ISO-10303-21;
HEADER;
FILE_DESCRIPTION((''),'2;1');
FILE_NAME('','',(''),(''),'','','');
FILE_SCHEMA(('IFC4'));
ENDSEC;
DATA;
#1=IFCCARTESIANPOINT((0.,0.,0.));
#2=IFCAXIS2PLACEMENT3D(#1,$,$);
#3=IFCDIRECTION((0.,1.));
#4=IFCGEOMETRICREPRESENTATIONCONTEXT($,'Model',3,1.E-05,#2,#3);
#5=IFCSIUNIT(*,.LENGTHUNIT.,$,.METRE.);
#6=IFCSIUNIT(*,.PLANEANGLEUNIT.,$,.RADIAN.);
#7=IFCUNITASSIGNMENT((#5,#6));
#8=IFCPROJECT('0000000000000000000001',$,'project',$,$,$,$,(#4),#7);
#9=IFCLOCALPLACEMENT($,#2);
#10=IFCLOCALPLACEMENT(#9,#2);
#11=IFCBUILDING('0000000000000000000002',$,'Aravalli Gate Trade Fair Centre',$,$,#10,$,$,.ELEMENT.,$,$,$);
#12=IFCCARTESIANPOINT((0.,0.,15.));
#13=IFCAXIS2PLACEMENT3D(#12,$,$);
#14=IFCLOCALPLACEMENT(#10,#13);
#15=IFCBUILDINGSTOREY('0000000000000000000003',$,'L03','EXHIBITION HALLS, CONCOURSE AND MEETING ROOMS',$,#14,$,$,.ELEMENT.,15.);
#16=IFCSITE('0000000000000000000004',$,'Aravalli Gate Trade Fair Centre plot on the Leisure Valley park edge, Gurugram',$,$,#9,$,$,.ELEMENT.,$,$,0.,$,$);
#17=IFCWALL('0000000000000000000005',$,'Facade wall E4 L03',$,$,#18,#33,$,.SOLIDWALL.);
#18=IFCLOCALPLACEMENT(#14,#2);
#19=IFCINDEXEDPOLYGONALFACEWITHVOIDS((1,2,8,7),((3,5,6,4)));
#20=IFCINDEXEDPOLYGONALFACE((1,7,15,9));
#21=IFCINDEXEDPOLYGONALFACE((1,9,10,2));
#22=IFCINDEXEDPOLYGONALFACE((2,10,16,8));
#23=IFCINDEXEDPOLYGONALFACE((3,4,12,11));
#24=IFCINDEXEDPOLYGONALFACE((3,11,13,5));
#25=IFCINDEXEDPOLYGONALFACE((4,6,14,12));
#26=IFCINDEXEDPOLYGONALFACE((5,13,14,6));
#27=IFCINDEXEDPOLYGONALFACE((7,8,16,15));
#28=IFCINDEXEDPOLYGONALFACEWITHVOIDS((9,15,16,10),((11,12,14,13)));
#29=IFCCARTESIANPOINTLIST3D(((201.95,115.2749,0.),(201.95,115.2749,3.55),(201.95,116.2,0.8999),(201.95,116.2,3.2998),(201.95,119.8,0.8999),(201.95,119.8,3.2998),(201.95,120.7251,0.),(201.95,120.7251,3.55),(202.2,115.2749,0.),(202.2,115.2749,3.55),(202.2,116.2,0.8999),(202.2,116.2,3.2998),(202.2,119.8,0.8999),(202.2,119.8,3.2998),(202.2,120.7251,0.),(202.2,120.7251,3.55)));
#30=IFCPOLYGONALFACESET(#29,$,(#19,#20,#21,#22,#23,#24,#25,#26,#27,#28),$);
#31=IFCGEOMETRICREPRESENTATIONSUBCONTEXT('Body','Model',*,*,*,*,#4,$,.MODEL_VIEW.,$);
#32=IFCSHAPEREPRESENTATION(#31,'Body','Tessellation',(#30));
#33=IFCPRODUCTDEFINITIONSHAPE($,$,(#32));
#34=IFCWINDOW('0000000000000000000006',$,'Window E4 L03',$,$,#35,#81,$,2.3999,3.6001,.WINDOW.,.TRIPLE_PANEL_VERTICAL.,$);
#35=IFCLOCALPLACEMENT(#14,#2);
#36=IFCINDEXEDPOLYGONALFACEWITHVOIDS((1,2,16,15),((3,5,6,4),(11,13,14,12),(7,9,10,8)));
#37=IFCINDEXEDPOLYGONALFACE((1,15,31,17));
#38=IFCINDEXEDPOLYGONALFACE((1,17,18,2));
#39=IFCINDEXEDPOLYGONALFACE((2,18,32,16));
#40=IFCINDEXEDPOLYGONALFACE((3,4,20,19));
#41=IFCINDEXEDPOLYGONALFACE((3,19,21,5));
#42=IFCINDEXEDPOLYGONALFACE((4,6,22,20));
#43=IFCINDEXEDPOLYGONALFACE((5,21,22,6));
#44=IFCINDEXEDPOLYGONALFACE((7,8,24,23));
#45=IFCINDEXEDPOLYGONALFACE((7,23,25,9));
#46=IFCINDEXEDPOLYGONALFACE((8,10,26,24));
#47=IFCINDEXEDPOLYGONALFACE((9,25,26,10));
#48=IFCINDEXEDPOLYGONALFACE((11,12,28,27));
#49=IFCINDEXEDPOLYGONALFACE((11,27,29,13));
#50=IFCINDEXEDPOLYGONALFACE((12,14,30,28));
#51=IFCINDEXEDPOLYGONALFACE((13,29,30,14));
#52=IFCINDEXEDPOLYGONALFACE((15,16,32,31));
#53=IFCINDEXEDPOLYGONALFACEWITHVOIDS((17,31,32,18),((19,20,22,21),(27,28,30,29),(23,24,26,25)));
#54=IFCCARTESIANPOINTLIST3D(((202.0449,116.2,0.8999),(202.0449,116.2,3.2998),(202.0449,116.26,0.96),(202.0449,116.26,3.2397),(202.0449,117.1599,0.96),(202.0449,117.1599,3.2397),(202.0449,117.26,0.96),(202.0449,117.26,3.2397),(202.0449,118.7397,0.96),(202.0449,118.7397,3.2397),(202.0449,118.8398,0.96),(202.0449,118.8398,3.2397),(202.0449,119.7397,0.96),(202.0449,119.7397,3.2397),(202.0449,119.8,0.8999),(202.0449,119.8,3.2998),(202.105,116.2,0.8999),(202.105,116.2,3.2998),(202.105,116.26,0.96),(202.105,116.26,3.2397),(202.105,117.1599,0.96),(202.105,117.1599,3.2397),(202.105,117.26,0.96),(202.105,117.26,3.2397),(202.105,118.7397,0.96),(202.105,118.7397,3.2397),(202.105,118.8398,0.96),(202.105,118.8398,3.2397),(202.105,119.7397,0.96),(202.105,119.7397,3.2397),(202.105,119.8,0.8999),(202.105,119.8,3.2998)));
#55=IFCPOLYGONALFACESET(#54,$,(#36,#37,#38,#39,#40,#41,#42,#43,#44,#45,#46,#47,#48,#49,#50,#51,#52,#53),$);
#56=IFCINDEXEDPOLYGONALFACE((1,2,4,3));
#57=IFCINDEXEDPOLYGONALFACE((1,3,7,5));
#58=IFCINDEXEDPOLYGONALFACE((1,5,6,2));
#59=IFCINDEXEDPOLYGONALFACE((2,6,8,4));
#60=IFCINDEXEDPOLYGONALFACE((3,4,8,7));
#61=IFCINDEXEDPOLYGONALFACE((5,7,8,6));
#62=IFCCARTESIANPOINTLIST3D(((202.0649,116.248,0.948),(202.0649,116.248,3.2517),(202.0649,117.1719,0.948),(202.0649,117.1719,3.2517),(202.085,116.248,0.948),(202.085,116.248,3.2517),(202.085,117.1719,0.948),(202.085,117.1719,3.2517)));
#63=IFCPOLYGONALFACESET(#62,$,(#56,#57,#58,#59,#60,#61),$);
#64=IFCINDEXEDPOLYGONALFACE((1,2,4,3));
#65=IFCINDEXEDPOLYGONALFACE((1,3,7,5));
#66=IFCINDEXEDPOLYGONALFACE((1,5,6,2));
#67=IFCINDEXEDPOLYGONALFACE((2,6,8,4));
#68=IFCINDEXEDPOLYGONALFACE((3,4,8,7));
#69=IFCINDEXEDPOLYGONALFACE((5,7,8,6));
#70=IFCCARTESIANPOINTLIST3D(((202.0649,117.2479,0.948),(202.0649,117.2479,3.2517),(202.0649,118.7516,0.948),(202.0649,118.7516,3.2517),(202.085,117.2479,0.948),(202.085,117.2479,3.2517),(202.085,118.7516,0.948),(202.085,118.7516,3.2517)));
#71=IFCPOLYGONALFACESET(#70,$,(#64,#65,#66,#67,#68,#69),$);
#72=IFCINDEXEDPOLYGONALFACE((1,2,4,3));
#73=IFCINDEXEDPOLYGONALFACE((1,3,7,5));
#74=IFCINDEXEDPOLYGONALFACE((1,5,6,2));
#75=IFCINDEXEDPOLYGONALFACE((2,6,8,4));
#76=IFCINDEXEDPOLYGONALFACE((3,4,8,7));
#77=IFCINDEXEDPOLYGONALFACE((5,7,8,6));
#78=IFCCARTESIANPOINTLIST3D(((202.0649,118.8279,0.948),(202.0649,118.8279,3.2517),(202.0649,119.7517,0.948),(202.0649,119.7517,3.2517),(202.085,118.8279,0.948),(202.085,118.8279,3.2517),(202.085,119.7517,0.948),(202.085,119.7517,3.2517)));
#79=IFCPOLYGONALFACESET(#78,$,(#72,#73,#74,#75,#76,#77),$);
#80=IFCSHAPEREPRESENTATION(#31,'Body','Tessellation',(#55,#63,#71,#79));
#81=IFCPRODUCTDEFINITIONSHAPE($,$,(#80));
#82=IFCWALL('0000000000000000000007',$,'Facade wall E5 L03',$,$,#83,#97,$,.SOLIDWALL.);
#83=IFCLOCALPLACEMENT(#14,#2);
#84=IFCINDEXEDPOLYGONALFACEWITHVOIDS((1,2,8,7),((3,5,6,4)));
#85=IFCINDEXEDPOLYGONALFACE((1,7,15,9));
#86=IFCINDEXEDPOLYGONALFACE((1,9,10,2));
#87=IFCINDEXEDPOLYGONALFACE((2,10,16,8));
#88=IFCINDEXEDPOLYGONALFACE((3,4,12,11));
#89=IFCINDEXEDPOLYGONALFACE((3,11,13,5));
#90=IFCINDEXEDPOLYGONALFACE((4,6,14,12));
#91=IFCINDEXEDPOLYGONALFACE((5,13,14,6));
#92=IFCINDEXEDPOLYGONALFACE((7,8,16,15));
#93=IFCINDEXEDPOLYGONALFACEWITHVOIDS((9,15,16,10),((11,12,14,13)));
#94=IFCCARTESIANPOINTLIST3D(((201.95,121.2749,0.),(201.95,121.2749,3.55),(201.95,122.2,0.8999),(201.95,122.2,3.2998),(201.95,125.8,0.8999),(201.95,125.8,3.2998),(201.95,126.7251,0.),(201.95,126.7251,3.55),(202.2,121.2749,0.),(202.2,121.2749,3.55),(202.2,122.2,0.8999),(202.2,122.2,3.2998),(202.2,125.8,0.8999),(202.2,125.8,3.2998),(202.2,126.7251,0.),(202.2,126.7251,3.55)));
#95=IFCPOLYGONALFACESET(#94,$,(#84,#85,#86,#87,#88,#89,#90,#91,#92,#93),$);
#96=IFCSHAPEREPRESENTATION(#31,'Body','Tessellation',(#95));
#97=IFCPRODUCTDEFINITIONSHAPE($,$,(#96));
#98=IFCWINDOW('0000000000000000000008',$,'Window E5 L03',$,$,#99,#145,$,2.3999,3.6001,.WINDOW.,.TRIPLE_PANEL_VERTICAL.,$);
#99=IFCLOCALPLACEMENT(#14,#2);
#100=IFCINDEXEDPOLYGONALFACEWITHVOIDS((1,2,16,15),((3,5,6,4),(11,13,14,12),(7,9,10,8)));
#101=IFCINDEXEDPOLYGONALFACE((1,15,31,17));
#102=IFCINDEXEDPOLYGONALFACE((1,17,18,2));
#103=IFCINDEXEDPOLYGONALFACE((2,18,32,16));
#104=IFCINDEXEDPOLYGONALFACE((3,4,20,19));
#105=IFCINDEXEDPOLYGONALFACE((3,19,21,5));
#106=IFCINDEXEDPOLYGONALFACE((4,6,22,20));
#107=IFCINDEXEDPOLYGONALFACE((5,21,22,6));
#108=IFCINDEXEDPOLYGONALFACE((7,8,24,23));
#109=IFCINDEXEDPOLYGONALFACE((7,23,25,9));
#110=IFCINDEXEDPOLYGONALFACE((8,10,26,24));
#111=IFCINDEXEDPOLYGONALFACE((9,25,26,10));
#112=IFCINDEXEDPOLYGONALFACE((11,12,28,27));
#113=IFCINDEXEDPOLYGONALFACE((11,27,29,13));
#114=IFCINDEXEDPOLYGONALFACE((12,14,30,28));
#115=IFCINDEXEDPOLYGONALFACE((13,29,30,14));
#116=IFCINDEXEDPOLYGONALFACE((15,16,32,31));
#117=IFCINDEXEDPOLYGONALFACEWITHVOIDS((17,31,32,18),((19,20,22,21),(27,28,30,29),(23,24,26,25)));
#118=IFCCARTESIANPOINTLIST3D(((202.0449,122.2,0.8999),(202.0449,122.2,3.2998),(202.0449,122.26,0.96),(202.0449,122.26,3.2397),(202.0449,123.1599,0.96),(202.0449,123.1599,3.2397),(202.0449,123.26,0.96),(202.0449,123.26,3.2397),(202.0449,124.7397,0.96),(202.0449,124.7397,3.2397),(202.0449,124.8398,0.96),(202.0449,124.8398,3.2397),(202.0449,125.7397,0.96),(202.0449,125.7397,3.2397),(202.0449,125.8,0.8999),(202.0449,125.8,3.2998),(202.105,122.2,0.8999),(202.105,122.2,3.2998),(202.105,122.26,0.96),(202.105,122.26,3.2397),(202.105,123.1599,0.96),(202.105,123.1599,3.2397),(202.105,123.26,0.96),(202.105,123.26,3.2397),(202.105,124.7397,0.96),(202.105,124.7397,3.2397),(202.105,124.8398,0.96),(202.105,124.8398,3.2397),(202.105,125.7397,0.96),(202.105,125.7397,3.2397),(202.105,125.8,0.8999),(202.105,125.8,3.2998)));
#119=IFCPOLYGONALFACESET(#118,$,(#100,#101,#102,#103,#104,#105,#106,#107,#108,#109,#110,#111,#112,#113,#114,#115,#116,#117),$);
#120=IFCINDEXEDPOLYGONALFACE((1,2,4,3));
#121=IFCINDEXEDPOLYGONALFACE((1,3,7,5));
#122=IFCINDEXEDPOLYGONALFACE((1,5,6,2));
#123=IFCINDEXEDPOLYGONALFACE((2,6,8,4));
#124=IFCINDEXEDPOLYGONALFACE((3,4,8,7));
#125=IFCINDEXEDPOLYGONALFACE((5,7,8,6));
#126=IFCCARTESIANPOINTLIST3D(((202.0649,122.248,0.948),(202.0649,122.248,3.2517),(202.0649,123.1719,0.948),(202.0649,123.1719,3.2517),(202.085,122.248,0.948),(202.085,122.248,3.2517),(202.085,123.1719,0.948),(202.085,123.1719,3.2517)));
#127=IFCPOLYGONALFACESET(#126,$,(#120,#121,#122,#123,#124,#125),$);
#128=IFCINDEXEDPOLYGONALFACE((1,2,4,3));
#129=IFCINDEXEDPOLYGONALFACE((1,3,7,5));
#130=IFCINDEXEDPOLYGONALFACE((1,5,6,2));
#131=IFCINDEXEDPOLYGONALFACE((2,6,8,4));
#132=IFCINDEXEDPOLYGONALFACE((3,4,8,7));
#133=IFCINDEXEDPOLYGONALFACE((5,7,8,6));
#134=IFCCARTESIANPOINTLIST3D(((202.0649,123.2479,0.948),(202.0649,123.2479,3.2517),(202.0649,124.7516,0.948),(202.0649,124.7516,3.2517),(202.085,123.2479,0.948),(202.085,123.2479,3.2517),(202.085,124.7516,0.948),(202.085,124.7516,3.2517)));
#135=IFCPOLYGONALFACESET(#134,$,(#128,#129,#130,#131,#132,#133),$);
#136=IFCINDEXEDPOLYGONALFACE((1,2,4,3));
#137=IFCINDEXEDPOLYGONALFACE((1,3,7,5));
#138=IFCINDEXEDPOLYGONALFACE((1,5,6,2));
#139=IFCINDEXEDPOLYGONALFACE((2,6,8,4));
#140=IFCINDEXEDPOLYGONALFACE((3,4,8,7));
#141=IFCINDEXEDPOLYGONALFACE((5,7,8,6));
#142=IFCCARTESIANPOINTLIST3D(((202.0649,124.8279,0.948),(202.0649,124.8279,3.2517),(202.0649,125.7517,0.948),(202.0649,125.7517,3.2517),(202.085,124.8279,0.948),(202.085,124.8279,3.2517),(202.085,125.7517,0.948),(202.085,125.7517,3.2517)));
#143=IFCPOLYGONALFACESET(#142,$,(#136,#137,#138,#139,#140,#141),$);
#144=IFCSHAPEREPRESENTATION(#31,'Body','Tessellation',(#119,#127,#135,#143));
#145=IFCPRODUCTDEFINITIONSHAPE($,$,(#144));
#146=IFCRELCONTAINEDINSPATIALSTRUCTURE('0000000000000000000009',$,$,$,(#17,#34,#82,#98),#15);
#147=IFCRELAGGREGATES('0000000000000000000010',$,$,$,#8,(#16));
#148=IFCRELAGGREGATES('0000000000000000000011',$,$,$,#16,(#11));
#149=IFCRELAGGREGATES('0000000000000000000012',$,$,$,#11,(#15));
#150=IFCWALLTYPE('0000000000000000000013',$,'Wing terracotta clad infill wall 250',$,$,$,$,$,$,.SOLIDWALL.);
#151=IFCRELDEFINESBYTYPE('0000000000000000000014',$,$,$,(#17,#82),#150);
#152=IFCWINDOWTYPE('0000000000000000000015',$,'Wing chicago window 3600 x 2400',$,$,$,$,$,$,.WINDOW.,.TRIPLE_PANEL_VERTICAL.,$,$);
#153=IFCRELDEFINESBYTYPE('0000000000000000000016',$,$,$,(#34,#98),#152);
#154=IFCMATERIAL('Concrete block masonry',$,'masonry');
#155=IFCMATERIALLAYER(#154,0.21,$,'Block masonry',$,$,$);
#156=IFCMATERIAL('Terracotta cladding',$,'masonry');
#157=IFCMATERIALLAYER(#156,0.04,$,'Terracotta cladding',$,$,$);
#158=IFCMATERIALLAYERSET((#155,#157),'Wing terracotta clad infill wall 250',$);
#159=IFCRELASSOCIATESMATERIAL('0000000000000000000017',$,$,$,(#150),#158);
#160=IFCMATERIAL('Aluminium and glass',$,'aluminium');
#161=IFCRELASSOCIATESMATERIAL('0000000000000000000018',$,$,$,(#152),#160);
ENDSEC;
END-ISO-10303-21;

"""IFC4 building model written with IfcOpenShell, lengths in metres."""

from ifc_helpers import new_model, si_unit, direction, frame, frame_2d, origin, place, context, subcontext, project, spatial, polyline, rectangle, outline, extrude, material, layer, layer_set, type_object, element, fill, save


model = new_model("IFC4")

# Units and contexts
model_context = context("Model", 3, precision=1e-05, world=origin(), true_north=direction((0.0, 1.0)))
body_context = subcontext(model_context, "Body", "Model", "MODEL_VIEW")
ifc_project = project(units=[si_unit("LENGTHUNIT", "METRE"), si_unit("PLANEANGLEUNIT", "RADIAN")], contexts=[model_context])

# Site, building, storey
site_placement = place(None, origin())
site = spatial("IfcSite", under=ifc_project, at=site_placement, Name="Aravalli Gate Trade Fair Centre plot on the Leisure Valley park edge, Gurugram", CompositionType="ELEMENT", RefElevation=0.0)
building_placement = place(site_placement, origin())
building = spatial("IfcBuilding", under=site, at=building_placement, Name="Aravalli Gate Trade Fair Centre", CompositionType="ELEMENT")
storey_placement = place(building_placement, frame((0.0, 0.0, 15.0)))
storey = spatial("IfcBuildingStorey", under=building, at=storey_placement, Name="L03", Description="EXHIBITION HALLS, CONCOURSE AND MEETING ROOMS", CompositionType="ELEMENT", Elevation=15.0)

# Walls, openings, windows
ifc_material_1 = material(Name="Concrete block masonry", Category="masonry")
ifc_layer_1 = layer(ifc_material_1, 0.21, Name="Block masonry")
ifc_material_2 = material(Name="Terracotta cladding", Category="masonry")
ifc_layer_2 = layer(ifc_material_2, 0.04, Name="Terracotta cladding")
ifc_layer_set_1 = layer_set([ifc_layer_1, ifc_layer_2], Name="Wing terracotta clad infill wall 250")
wall_type_1 = type_object("IfcWallType", Name="Wing terracotta clad infill wall 250", PredefinedType="SOLIDWALL", material=ifc_layer_set_1)
wall_1_placement = place(storey_placement, frame((202.075, 115.2749, 0.0), z_axis=(0.0, 0.0, 1.0), x_axis=(0.0, 1.0, 0.0)))
wall_1 = element("IfcWall", 1, at=wall_1_placement, inside=storey, type_object=wall_type_1, Name="Facade wall E4 L03", PredefinedType="SOLIDWALL", context=body_context, shape_type="SweptSolid", body=[
    extrude(rectangle(XDim=5.4502, YDim=0.25, at=frame_2d((2.7251, 0.0))), origin(), (0.0, 0.0, 1.0), 3.55),
])
opening_1_placement = place(wall_1_placement, frame((0.925, 0.0, 0.8999)))
opening_1 = element("IfcOpeningElement", 2, at=opening_1_placement, cuts=wall_1, PredefinedType="OPENING", context=body_context, shape_type="SweptSolid", body=[
    extrude(rectangle(XDim=3.6001, YDim=2.3999, at=frame_2d((1.8, 1.2))), frame((0.0, 0.135, 0.0), z_axis=(0.0, -1.0, 0.0), x_axis=(1.0, 0.0, 0.0)), (0.0, 0.0, 1.0), 0.27),
])
ifc_material_3 = material(Name="Aluminium and glass", Category="aluminium")
window_type = type_object("IfcWindowType", Name="Wing chicago window 3600 x 2400", PartitioningType="TRIPLE_PANEL_VERTICAL", PredefinedType="WINDOW", material=ifc_material_3)
window_1_placement = place(opening_1_placement, origin())
window_1 = element("IfcWindow", 3, at=window_1_placement, inside=storey, type_object=window_type, Name="Window E4 L03", OverallHeight=2.3999, OverallWidth=3.6001, PartitioningType="TRIPLE_PANEL_VERTICAL", PredefinedType="WINDOW", context=body_context, shape_type="SweptSolid", body=[
    extrude(outline(polyline([(0.0, 0.0), (3.6001, 0.0), (3.6001, 2.3999), (0.0, 2.3999), (0.0, 0.0)]), holes=[polyline([(0.0601, 0.0601), (0.96, 0.0601), (0.96, 2.3398), (0.0601, 2.3398), (0.0601, 0.0601)]), polyline([(1.0601, 0.0601), (2.5398, 0.0601), (2.5398, 2.3398), (1.0601, 2.3398), (1.0601, 0.0601)]), polyline([(2.6399, 0.0601), (3.5398, 0.0601), (3.5398, 2.3398), (2.6399, 2.3398), (2.6399, 0.0601)])]), frame((0.0, 0.03, 0.0), z_axis=(0.0, -1.0, 0.0), x_axis=(1.0, 0.0, 0.0)), (0.0, 0.0, 1.0), 0.0601),
    extrude(rectangle(XDim=0.9238, YDim=2.3037, at=frame_2d((0.51, 1.2))), frame((0.0, 0.01, 0.0), z_axis=(0.0, -1.0, 0.0), x_axis=(1.0, 0.0, 0.0)), (0.0, 0.0, 1.0), 0.02),
    extrude(rectangle(XDim=1.5037, YDim=2.3037, at=frame_2d((1.7998, 1.2))), frame((0.0, 0.01, 0.0), z_axis=(0.0, -1.0, 0.0), x_axis=(1.0, 0.0, 0.0)), (0.0, 0.0, 1.0), 0.02),
    extrude(rectangle(XDim=0.9238, YDim=2.3037, at=frame_2d((3.0898, 1.2))), frame((0.0, 0.01, 0.0), z_axis=(0.0, -1.0, 0.0), x_axis=(1.0, 0.0, 0.0)), (0.0, 0.0, 1.0), 0.02),
])
fill(opening_1, window_1)
wall_2_placement = place(storey_placement, frame((202.075, 121.2749, 0.0), z_axis=(0.0, 0.0, 1.0), x_axis=(0.0, 1.0, 0.0)))
wall_2 = element("IfcWall", 4, at=wall_2_placement, inside=storey, type_object=wall_type_1, Name="Facade wall E5 L03", PredefinedType="SOLIDWALL", context=body_context, shape_type="SweptSolid", body=[
    extrude(rectangle(XDim=5.4502, YDim=0.25, at=frame_2d((2.7251, 0.0))), origin(), (0.0, 0.0, 1.0), 3.55),
])
opening_2_placement = place(wall_2_placement, frame((0.925, 0.0, 0.8999)))
opening_2 = element("IfcOpeningElement", 5, at=opening_2_placement, cuts=wall_2, PredefinedType="OPENING", context=body_context, shape_type="SweptSolid", body=[
    extrude(rectangle(XDim=3.6001, YDim=2.3999, at=frame_2d((1.8, 1.2))), frame((0.0, 0.135, 0.0), z_axis=(0.0, -1.0, 0.0), x_axis=(1.0, 0.0, 0.0)), (0.0, 0.0, 1.0), 0.27),
])
window_2_placement = place(opening_2_placement, origin())
window_2 = element("IfcWindow", 6, at=window_2_placement, inside=storey, type_object=window_type, Name="Window E5 L03", OverallHeight=2.3999, OverallWidth=3.6001, PartitioningType="TRIPLE_PANEL_VERTICAL", PredefinedType="WINDOW", context=body_context, shape_type="SweptSolid", body=[
    extrude(outline(polyline([(0.0, 0.0), (3.6001, 0.0), (3.6001, 2.3999), (0.0, 2.3999), (0.0, 0.0)]), holes=[polyline([(0.0601, 0.0601), (0.96, 0.0601), (0.96, 2.3398), (0.0601, 2.3398), (0.0601, 0.0601)]), polyline([(1.0601, 0.0601), (2.5398, 0.0601), (2.5398, 2.3398), (1.0601, 2.3398), (1.0601, 0.0601)]), polyline([(2.6399, 0.0601), (3.5398, 0.0601), (3.5398, 2.3398), (2.6399, 2.3398), (2.6399, 0.0601)])]), frame((0.0, 0.03, 0.0), z_axis=(0.0, -1.0, 0.0), x_axis=(1.0, 0.0, 0.0)), (0.0, 0.0, 1.0), 0.0601),
    extrude(rectangle(XDim=0.9238, YDim=2.3037, at=frame_2d((0.51, 1.2))), frame((0.0, 0.01, 0.0), z_axis=(0.0, -1.0, 0.0), x_axis=(1.0, 0.0, 0.0)), (0.0, 0.0, 1.0), 0.02),
    extrude(rectangle(XDim=1.5037, YDim=2.3037, at=frame_2d((1.7998, 1.2))), frame((0.0, 0.01, 0.0), z_axis=(0.0, -1.0, 0.0), x_axis=(1.0, 0.0, 0.0)), (0.0, 0.0, 1.0), 0.02),
    extrude(rectangle(XDim=0.9238, YDim=2.3037, at=frame_2d((3.0898, 1.2))), frame((0.0, 0.01, 0.0), z_axis=(0.0, -1.0, 0.0), x_axis=(1.0, 0.0, 0.0)), (0.0, 0.0, 1.0), 0.02),
])
fill(opening_2, window_2)

save(model, "model.ifc")
